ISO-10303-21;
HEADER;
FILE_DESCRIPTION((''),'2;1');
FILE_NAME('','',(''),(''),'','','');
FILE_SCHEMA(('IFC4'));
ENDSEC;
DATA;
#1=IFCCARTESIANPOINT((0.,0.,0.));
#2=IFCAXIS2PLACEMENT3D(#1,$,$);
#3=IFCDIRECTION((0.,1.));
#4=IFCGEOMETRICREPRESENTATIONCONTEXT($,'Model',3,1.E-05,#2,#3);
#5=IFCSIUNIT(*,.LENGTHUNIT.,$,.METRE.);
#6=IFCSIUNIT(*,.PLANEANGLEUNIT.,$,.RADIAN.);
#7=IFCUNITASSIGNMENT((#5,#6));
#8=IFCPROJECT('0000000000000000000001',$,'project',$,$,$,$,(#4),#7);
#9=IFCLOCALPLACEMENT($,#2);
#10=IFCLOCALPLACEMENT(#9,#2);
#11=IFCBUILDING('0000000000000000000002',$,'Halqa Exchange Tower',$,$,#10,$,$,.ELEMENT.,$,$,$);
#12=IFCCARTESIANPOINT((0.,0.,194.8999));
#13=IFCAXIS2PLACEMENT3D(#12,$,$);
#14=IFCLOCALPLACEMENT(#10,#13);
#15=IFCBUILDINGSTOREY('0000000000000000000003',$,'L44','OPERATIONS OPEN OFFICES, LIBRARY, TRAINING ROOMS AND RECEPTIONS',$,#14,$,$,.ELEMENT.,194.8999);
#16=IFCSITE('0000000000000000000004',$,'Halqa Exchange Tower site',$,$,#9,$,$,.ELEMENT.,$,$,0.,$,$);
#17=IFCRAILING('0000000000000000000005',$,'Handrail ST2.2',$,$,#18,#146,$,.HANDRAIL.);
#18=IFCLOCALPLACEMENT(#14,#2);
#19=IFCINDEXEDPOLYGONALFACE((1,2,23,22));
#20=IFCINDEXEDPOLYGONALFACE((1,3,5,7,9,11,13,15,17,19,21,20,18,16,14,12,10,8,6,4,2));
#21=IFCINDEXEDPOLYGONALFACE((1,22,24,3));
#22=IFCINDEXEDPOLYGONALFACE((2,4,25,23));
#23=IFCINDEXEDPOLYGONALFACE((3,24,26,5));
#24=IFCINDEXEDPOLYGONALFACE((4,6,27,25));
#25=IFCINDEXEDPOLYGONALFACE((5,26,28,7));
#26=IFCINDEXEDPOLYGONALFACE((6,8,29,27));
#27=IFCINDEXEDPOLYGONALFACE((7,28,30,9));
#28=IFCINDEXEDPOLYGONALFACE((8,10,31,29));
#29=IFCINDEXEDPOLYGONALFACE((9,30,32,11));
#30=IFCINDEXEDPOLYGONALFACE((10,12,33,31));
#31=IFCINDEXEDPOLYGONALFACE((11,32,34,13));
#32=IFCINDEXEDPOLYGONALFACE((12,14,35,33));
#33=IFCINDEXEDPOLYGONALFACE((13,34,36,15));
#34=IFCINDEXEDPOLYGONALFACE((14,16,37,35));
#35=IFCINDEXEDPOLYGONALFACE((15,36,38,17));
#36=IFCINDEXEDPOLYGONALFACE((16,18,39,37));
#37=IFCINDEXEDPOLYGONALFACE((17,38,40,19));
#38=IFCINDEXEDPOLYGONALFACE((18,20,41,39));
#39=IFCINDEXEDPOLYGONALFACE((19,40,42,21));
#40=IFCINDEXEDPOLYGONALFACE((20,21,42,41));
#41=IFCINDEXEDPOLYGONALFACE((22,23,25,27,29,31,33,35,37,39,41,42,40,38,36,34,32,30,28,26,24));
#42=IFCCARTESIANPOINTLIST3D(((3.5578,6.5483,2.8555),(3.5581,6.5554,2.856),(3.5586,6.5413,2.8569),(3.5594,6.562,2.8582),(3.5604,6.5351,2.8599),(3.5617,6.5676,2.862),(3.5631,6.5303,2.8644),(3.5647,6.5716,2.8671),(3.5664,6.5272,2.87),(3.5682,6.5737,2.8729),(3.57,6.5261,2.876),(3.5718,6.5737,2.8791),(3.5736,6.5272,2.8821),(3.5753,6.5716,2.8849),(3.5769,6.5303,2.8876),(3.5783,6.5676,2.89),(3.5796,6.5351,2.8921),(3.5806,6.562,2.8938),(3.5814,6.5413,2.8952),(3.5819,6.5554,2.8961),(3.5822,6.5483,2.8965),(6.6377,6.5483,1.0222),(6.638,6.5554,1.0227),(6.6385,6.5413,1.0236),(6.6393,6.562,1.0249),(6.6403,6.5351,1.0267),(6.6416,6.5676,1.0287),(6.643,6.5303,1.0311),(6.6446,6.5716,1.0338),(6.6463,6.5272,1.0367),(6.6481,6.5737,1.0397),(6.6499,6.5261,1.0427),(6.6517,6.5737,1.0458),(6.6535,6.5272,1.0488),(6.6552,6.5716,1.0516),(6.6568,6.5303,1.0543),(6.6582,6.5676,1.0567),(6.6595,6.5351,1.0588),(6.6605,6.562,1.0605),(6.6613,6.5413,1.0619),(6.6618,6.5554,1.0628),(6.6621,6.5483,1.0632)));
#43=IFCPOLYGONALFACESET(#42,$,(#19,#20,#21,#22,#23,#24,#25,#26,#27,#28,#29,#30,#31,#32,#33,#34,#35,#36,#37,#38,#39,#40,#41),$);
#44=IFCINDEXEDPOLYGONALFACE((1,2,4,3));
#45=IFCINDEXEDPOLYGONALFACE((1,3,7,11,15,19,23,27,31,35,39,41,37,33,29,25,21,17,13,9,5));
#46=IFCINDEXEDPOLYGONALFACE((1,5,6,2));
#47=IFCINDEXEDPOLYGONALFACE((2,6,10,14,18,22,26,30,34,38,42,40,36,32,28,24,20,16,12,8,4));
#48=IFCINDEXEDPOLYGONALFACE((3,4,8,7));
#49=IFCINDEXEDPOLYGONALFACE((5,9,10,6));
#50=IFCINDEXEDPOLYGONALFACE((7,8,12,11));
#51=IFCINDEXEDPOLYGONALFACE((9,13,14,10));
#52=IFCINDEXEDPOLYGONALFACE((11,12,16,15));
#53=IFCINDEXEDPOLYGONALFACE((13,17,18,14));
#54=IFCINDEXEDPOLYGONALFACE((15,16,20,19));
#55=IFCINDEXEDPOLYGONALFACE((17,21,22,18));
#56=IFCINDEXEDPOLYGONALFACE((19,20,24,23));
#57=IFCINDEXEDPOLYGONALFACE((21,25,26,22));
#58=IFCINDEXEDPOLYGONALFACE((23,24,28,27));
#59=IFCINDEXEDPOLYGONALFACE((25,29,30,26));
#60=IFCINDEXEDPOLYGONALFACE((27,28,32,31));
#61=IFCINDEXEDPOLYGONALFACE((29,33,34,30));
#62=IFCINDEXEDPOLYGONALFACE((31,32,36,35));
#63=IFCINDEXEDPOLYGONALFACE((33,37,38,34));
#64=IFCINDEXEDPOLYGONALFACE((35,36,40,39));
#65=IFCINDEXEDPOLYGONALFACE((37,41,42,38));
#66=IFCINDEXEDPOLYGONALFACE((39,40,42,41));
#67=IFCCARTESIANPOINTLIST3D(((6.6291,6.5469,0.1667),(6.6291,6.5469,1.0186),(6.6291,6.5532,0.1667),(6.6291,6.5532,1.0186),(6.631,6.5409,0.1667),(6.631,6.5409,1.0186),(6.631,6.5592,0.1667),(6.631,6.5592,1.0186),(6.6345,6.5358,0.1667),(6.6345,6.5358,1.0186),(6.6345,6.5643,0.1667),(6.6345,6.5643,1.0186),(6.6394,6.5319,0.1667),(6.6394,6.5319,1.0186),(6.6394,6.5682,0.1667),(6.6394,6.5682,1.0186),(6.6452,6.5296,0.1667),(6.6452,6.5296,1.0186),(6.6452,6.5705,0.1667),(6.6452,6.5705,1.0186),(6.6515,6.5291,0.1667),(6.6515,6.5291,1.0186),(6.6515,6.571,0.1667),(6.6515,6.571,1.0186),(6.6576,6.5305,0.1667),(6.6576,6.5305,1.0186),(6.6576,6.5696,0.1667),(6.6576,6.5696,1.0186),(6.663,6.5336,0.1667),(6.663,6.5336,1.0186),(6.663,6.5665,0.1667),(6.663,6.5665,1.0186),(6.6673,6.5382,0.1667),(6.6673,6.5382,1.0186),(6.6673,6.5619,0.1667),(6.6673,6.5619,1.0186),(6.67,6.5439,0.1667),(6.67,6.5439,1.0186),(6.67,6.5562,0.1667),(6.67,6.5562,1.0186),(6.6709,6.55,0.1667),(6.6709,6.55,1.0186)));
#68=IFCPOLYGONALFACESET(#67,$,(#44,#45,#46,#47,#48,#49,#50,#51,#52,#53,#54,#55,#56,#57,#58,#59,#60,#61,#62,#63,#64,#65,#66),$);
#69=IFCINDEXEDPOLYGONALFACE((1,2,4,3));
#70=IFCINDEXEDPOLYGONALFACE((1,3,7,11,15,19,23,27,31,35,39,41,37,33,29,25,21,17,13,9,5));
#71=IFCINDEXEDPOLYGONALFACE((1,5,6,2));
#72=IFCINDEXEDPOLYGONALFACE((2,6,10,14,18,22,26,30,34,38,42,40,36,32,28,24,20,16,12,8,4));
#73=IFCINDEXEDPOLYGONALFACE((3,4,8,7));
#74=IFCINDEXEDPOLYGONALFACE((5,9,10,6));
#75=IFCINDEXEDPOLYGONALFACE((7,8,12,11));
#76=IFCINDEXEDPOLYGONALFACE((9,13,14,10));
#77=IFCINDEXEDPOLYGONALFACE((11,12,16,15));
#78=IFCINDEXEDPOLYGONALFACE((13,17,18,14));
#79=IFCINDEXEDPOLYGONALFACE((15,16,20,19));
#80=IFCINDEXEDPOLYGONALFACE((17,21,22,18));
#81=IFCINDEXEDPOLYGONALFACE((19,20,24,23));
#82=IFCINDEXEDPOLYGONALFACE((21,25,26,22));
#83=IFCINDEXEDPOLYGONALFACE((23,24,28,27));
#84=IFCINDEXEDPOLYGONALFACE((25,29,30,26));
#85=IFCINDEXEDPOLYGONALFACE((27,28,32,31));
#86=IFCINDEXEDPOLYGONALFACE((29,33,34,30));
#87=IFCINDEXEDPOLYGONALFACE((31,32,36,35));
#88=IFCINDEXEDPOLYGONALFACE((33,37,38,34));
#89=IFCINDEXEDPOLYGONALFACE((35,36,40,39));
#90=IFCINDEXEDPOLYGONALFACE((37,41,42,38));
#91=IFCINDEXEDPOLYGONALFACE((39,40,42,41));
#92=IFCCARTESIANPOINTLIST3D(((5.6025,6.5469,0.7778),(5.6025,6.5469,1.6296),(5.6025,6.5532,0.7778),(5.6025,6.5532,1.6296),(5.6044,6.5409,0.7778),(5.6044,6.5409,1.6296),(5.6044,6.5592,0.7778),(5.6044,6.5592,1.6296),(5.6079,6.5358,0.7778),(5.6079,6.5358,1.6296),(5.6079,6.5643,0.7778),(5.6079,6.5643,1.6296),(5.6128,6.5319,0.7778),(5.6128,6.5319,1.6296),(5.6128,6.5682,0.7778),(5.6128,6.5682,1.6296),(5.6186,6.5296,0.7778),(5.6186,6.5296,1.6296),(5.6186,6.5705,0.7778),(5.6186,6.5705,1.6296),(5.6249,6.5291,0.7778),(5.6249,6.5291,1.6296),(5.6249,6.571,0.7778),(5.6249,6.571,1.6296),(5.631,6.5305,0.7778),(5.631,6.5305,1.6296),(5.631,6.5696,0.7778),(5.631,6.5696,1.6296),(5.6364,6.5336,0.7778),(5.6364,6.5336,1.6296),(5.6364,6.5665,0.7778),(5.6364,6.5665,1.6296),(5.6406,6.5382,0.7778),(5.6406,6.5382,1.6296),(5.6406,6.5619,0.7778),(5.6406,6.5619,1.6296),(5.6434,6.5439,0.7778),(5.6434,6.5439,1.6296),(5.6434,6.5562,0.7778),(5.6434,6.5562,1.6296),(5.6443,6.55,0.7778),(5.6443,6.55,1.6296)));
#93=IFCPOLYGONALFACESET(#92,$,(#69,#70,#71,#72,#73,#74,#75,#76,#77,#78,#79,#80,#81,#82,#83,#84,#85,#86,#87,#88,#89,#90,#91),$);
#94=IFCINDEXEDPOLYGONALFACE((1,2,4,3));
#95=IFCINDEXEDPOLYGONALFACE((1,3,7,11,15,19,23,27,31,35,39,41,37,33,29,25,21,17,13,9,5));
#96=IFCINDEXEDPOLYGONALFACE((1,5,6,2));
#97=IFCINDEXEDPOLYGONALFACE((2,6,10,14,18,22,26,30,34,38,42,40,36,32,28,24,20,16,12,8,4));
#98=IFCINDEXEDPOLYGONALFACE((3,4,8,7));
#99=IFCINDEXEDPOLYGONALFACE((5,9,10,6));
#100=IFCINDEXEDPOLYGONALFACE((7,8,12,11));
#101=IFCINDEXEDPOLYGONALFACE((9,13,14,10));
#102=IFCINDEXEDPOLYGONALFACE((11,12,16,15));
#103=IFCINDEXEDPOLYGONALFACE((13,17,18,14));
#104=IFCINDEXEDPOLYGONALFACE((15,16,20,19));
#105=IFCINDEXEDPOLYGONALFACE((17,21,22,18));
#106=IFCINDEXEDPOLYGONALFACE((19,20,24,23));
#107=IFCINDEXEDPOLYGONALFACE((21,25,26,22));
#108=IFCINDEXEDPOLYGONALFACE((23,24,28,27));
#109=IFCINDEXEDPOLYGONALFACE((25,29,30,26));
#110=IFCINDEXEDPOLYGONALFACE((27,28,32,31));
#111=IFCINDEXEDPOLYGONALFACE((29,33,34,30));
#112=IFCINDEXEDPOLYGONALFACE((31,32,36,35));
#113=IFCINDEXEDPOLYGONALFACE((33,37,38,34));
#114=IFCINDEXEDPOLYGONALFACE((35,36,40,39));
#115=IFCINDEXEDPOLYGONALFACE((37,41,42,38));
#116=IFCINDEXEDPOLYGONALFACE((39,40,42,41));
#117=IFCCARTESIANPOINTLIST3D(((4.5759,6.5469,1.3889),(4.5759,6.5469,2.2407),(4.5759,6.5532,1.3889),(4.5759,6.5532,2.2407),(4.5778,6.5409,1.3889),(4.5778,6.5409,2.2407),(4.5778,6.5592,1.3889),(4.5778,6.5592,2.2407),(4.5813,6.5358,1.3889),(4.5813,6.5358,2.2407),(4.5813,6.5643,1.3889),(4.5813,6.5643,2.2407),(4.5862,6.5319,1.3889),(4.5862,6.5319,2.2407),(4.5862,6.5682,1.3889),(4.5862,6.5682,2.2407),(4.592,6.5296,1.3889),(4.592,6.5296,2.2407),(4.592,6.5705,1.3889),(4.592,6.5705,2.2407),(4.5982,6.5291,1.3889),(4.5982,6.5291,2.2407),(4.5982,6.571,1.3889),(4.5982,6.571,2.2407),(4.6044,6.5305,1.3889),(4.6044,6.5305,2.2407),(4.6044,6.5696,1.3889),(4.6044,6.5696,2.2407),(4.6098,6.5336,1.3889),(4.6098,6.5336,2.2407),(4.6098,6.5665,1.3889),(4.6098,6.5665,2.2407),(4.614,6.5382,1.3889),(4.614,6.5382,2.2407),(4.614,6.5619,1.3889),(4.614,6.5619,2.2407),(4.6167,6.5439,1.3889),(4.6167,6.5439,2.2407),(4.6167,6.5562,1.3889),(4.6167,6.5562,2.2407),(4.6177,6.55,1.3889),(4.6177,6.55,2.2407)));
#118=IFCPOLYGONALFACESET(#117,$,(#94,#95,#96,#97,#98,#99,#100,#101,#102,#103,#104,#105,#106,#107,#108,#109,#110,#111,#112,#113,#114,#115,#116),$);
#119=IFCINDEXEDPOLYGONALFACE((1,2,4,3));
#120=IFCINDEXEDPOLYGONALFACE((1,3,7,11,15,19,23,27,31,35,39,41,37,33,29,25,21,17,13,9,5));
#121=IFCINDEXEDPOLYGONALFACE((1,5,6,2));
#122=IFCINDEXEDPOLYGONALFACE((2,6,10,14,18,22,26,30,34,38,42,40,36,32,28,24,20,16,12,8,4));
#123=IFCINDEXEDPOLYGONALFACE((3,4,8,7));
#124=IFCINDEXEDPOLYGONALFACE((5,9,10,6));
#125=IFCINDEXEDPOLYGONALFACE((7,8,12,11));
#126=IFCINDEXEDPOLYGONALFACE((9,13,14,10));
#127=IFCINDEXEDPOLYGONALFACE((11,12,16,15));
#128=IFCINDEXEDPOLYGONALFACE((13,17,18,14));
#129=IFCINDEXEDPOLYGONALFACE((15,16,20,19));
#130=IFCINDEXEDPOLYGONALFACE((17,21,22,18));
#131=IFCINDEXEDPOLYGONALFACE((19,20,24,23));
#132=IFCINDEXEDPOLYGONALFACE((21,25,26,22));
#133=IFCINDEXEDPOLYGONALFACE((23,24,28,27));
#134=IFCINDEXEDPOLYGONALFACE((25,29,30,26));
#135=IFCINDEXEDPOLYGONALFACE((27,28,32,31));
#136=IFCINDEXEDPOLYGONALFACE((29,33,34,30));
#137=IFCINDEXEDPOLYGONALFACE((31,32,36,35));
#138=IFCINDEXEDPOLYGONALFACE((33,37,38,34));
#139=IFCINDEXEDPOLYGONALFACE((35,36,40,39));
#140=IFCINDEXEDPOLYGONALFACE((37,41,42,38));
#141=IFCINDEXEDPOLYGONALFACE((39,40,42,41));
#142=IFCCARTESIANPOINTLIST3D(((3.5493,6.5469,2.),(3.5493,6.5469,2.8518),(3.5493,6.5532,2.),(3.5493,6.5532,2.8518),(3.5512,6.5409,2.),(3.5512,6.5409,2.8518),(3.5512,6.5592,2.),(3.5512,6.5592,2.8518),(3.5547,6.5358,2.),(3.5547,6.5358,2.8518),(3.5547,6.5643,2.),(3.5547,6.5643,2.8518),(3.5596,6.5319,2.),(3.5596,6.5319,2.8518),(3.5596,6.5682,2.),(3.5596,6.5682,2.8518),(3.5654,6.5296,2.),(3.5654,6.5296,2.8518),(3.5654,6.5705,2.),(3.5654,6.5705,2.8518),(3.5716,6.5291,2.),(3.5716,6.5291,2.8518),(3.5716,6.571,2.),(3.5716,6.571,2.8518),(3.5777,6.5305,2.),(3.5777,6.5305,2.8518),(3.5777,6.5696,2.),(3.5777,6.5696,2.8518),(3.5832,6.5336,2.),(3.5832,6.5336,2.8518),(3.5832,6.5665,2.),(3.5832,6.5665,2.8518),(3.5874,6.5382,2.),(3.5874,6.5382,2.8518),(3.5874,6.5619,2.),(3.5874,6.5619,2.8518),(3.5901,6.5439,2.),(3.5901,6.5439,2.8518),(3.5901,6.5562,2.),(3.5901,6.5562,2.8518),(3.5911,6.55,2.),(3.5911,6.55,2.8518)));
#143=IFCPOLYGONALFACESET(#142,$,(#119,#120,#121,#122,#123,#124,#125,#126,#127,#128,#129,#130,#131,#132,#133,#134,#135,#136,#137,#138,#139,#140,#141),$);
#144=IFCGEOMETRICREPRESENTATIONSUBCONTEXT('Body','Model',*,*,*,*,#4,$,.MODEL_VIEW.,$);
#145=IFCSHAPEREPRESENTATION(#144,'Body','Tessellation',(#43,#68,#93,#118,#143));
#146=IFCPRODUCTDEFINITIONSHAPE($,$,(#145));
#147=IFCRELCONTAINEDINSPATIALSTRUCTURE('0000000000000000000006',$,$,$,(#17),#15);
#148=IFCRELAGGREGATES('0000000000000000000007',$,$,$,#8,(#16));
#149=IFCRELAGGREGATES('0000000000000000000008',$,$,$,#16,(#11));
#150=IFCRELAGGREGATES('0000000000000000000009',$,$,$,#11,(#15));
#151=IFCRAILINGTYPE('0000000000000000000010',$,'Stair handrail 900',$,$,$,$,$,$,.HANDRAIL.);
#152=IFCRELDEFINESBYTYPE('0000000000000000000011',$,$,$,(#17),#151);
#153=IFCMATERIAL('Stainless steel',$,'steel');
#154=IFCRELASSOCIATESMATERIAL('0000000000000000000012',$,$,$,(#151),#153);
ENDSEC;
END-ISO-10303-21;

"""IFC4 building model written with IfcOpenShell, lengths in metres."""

from ifc_helpers import new_model, si_unit, direction, frame, origin, origin_2d, place, context, subcontext, project, spatial, circle, extrude, material, type_object, element, save


model = new_model("IFC4")

# Units and contexts
model_context = context("Model", 3, precision=1e-05, world=origin(), true_north=direction((0.0, 1.0)))
body_context = subcontext(model_context, "Body", "Model", "MODEL_VIEW")
ifc_project = project(units=[si_unit("LENGTHUNIT", "METRE"), si_unit("PLANEANGLEUNIT", "RADIAN")], contexts=[model_context])

# Site, building, storey
site_placement = place(None, origin())
site = spatial("IfcSite", under=ifc_project, at=site_placement, Name="Halqa Exchange Tower site", CompositionType="ELEMENT", RefElevation=0.0)
building_placement = place(site_placement, origin())
building = spatial("IfcBuilding", under=site, at=building_placement, Name="Halqa Exchange Tower", CompositionType="ELEMENT")
storey_placement = place(building_placement, frame((0.0, 0.0, 194.8999)))
storey = spatial("IfcBuildingStorey", under=building, at=storey_placement, Name="L44", Description="OPERATIONS OPEN OFFICES, LIBRARY, TRAINING ROOMS AND RECEPTIONS", CompositionType="ELEMENT", Elevation=194.8999)

# Railing
ifc_material_1 = material(Name="Stainless steel", Category="steel")
railing_type_1 = type_object("IfcRailingType", Name="Stair handrail 900", PredefinedType="HANDRAIL", material=ifc_material_1)
railing_1_placement = place(storey_placement, frame((6.6499, 6.55, 0.1667)))
element("IfcRailing", 1, at=railing_1_placement, inside=storey, type_object=railing_type_1, Name="Handrail ST2.2", PredefinedType="HANDRAIL", context=body_context, shape_type="SweptSolid", body=[
    extrude(circle(Radius=0.0239, at=origin_2d()), frame((0.0, 0.0, 0.876), z_axis=(-0.859291, 0.0, 0.511487), x_axis=(0.0, -1.0, 0.0)), (0.0, 0.0, 1.0), 3.5842),
    extrude(circle(Radius=0.021, at=origin_2d()), origin(), (0.0, 0.0, 1.0), 0.8518),
    extrude(circle(Radius=0.021, at=origin_2d()), frame((-1.0266, 0.0, 0.6111)), (0.0, 0.0, 1.0), 0.8518),
    extrude(circle(Radius=0.021, at=origin_2d()), frame((-2.0532, 0.0, 1.2222)), (0.0, 0.0, 1.0), 0.8518),
    extrude(circle(Radius=0.021, at=origin_2d()), frame((-3.0798, 0.0, 1.8333)), (0.0, 0.0, 1.0), 0.8518),
])

save(model, "model.ifc")
